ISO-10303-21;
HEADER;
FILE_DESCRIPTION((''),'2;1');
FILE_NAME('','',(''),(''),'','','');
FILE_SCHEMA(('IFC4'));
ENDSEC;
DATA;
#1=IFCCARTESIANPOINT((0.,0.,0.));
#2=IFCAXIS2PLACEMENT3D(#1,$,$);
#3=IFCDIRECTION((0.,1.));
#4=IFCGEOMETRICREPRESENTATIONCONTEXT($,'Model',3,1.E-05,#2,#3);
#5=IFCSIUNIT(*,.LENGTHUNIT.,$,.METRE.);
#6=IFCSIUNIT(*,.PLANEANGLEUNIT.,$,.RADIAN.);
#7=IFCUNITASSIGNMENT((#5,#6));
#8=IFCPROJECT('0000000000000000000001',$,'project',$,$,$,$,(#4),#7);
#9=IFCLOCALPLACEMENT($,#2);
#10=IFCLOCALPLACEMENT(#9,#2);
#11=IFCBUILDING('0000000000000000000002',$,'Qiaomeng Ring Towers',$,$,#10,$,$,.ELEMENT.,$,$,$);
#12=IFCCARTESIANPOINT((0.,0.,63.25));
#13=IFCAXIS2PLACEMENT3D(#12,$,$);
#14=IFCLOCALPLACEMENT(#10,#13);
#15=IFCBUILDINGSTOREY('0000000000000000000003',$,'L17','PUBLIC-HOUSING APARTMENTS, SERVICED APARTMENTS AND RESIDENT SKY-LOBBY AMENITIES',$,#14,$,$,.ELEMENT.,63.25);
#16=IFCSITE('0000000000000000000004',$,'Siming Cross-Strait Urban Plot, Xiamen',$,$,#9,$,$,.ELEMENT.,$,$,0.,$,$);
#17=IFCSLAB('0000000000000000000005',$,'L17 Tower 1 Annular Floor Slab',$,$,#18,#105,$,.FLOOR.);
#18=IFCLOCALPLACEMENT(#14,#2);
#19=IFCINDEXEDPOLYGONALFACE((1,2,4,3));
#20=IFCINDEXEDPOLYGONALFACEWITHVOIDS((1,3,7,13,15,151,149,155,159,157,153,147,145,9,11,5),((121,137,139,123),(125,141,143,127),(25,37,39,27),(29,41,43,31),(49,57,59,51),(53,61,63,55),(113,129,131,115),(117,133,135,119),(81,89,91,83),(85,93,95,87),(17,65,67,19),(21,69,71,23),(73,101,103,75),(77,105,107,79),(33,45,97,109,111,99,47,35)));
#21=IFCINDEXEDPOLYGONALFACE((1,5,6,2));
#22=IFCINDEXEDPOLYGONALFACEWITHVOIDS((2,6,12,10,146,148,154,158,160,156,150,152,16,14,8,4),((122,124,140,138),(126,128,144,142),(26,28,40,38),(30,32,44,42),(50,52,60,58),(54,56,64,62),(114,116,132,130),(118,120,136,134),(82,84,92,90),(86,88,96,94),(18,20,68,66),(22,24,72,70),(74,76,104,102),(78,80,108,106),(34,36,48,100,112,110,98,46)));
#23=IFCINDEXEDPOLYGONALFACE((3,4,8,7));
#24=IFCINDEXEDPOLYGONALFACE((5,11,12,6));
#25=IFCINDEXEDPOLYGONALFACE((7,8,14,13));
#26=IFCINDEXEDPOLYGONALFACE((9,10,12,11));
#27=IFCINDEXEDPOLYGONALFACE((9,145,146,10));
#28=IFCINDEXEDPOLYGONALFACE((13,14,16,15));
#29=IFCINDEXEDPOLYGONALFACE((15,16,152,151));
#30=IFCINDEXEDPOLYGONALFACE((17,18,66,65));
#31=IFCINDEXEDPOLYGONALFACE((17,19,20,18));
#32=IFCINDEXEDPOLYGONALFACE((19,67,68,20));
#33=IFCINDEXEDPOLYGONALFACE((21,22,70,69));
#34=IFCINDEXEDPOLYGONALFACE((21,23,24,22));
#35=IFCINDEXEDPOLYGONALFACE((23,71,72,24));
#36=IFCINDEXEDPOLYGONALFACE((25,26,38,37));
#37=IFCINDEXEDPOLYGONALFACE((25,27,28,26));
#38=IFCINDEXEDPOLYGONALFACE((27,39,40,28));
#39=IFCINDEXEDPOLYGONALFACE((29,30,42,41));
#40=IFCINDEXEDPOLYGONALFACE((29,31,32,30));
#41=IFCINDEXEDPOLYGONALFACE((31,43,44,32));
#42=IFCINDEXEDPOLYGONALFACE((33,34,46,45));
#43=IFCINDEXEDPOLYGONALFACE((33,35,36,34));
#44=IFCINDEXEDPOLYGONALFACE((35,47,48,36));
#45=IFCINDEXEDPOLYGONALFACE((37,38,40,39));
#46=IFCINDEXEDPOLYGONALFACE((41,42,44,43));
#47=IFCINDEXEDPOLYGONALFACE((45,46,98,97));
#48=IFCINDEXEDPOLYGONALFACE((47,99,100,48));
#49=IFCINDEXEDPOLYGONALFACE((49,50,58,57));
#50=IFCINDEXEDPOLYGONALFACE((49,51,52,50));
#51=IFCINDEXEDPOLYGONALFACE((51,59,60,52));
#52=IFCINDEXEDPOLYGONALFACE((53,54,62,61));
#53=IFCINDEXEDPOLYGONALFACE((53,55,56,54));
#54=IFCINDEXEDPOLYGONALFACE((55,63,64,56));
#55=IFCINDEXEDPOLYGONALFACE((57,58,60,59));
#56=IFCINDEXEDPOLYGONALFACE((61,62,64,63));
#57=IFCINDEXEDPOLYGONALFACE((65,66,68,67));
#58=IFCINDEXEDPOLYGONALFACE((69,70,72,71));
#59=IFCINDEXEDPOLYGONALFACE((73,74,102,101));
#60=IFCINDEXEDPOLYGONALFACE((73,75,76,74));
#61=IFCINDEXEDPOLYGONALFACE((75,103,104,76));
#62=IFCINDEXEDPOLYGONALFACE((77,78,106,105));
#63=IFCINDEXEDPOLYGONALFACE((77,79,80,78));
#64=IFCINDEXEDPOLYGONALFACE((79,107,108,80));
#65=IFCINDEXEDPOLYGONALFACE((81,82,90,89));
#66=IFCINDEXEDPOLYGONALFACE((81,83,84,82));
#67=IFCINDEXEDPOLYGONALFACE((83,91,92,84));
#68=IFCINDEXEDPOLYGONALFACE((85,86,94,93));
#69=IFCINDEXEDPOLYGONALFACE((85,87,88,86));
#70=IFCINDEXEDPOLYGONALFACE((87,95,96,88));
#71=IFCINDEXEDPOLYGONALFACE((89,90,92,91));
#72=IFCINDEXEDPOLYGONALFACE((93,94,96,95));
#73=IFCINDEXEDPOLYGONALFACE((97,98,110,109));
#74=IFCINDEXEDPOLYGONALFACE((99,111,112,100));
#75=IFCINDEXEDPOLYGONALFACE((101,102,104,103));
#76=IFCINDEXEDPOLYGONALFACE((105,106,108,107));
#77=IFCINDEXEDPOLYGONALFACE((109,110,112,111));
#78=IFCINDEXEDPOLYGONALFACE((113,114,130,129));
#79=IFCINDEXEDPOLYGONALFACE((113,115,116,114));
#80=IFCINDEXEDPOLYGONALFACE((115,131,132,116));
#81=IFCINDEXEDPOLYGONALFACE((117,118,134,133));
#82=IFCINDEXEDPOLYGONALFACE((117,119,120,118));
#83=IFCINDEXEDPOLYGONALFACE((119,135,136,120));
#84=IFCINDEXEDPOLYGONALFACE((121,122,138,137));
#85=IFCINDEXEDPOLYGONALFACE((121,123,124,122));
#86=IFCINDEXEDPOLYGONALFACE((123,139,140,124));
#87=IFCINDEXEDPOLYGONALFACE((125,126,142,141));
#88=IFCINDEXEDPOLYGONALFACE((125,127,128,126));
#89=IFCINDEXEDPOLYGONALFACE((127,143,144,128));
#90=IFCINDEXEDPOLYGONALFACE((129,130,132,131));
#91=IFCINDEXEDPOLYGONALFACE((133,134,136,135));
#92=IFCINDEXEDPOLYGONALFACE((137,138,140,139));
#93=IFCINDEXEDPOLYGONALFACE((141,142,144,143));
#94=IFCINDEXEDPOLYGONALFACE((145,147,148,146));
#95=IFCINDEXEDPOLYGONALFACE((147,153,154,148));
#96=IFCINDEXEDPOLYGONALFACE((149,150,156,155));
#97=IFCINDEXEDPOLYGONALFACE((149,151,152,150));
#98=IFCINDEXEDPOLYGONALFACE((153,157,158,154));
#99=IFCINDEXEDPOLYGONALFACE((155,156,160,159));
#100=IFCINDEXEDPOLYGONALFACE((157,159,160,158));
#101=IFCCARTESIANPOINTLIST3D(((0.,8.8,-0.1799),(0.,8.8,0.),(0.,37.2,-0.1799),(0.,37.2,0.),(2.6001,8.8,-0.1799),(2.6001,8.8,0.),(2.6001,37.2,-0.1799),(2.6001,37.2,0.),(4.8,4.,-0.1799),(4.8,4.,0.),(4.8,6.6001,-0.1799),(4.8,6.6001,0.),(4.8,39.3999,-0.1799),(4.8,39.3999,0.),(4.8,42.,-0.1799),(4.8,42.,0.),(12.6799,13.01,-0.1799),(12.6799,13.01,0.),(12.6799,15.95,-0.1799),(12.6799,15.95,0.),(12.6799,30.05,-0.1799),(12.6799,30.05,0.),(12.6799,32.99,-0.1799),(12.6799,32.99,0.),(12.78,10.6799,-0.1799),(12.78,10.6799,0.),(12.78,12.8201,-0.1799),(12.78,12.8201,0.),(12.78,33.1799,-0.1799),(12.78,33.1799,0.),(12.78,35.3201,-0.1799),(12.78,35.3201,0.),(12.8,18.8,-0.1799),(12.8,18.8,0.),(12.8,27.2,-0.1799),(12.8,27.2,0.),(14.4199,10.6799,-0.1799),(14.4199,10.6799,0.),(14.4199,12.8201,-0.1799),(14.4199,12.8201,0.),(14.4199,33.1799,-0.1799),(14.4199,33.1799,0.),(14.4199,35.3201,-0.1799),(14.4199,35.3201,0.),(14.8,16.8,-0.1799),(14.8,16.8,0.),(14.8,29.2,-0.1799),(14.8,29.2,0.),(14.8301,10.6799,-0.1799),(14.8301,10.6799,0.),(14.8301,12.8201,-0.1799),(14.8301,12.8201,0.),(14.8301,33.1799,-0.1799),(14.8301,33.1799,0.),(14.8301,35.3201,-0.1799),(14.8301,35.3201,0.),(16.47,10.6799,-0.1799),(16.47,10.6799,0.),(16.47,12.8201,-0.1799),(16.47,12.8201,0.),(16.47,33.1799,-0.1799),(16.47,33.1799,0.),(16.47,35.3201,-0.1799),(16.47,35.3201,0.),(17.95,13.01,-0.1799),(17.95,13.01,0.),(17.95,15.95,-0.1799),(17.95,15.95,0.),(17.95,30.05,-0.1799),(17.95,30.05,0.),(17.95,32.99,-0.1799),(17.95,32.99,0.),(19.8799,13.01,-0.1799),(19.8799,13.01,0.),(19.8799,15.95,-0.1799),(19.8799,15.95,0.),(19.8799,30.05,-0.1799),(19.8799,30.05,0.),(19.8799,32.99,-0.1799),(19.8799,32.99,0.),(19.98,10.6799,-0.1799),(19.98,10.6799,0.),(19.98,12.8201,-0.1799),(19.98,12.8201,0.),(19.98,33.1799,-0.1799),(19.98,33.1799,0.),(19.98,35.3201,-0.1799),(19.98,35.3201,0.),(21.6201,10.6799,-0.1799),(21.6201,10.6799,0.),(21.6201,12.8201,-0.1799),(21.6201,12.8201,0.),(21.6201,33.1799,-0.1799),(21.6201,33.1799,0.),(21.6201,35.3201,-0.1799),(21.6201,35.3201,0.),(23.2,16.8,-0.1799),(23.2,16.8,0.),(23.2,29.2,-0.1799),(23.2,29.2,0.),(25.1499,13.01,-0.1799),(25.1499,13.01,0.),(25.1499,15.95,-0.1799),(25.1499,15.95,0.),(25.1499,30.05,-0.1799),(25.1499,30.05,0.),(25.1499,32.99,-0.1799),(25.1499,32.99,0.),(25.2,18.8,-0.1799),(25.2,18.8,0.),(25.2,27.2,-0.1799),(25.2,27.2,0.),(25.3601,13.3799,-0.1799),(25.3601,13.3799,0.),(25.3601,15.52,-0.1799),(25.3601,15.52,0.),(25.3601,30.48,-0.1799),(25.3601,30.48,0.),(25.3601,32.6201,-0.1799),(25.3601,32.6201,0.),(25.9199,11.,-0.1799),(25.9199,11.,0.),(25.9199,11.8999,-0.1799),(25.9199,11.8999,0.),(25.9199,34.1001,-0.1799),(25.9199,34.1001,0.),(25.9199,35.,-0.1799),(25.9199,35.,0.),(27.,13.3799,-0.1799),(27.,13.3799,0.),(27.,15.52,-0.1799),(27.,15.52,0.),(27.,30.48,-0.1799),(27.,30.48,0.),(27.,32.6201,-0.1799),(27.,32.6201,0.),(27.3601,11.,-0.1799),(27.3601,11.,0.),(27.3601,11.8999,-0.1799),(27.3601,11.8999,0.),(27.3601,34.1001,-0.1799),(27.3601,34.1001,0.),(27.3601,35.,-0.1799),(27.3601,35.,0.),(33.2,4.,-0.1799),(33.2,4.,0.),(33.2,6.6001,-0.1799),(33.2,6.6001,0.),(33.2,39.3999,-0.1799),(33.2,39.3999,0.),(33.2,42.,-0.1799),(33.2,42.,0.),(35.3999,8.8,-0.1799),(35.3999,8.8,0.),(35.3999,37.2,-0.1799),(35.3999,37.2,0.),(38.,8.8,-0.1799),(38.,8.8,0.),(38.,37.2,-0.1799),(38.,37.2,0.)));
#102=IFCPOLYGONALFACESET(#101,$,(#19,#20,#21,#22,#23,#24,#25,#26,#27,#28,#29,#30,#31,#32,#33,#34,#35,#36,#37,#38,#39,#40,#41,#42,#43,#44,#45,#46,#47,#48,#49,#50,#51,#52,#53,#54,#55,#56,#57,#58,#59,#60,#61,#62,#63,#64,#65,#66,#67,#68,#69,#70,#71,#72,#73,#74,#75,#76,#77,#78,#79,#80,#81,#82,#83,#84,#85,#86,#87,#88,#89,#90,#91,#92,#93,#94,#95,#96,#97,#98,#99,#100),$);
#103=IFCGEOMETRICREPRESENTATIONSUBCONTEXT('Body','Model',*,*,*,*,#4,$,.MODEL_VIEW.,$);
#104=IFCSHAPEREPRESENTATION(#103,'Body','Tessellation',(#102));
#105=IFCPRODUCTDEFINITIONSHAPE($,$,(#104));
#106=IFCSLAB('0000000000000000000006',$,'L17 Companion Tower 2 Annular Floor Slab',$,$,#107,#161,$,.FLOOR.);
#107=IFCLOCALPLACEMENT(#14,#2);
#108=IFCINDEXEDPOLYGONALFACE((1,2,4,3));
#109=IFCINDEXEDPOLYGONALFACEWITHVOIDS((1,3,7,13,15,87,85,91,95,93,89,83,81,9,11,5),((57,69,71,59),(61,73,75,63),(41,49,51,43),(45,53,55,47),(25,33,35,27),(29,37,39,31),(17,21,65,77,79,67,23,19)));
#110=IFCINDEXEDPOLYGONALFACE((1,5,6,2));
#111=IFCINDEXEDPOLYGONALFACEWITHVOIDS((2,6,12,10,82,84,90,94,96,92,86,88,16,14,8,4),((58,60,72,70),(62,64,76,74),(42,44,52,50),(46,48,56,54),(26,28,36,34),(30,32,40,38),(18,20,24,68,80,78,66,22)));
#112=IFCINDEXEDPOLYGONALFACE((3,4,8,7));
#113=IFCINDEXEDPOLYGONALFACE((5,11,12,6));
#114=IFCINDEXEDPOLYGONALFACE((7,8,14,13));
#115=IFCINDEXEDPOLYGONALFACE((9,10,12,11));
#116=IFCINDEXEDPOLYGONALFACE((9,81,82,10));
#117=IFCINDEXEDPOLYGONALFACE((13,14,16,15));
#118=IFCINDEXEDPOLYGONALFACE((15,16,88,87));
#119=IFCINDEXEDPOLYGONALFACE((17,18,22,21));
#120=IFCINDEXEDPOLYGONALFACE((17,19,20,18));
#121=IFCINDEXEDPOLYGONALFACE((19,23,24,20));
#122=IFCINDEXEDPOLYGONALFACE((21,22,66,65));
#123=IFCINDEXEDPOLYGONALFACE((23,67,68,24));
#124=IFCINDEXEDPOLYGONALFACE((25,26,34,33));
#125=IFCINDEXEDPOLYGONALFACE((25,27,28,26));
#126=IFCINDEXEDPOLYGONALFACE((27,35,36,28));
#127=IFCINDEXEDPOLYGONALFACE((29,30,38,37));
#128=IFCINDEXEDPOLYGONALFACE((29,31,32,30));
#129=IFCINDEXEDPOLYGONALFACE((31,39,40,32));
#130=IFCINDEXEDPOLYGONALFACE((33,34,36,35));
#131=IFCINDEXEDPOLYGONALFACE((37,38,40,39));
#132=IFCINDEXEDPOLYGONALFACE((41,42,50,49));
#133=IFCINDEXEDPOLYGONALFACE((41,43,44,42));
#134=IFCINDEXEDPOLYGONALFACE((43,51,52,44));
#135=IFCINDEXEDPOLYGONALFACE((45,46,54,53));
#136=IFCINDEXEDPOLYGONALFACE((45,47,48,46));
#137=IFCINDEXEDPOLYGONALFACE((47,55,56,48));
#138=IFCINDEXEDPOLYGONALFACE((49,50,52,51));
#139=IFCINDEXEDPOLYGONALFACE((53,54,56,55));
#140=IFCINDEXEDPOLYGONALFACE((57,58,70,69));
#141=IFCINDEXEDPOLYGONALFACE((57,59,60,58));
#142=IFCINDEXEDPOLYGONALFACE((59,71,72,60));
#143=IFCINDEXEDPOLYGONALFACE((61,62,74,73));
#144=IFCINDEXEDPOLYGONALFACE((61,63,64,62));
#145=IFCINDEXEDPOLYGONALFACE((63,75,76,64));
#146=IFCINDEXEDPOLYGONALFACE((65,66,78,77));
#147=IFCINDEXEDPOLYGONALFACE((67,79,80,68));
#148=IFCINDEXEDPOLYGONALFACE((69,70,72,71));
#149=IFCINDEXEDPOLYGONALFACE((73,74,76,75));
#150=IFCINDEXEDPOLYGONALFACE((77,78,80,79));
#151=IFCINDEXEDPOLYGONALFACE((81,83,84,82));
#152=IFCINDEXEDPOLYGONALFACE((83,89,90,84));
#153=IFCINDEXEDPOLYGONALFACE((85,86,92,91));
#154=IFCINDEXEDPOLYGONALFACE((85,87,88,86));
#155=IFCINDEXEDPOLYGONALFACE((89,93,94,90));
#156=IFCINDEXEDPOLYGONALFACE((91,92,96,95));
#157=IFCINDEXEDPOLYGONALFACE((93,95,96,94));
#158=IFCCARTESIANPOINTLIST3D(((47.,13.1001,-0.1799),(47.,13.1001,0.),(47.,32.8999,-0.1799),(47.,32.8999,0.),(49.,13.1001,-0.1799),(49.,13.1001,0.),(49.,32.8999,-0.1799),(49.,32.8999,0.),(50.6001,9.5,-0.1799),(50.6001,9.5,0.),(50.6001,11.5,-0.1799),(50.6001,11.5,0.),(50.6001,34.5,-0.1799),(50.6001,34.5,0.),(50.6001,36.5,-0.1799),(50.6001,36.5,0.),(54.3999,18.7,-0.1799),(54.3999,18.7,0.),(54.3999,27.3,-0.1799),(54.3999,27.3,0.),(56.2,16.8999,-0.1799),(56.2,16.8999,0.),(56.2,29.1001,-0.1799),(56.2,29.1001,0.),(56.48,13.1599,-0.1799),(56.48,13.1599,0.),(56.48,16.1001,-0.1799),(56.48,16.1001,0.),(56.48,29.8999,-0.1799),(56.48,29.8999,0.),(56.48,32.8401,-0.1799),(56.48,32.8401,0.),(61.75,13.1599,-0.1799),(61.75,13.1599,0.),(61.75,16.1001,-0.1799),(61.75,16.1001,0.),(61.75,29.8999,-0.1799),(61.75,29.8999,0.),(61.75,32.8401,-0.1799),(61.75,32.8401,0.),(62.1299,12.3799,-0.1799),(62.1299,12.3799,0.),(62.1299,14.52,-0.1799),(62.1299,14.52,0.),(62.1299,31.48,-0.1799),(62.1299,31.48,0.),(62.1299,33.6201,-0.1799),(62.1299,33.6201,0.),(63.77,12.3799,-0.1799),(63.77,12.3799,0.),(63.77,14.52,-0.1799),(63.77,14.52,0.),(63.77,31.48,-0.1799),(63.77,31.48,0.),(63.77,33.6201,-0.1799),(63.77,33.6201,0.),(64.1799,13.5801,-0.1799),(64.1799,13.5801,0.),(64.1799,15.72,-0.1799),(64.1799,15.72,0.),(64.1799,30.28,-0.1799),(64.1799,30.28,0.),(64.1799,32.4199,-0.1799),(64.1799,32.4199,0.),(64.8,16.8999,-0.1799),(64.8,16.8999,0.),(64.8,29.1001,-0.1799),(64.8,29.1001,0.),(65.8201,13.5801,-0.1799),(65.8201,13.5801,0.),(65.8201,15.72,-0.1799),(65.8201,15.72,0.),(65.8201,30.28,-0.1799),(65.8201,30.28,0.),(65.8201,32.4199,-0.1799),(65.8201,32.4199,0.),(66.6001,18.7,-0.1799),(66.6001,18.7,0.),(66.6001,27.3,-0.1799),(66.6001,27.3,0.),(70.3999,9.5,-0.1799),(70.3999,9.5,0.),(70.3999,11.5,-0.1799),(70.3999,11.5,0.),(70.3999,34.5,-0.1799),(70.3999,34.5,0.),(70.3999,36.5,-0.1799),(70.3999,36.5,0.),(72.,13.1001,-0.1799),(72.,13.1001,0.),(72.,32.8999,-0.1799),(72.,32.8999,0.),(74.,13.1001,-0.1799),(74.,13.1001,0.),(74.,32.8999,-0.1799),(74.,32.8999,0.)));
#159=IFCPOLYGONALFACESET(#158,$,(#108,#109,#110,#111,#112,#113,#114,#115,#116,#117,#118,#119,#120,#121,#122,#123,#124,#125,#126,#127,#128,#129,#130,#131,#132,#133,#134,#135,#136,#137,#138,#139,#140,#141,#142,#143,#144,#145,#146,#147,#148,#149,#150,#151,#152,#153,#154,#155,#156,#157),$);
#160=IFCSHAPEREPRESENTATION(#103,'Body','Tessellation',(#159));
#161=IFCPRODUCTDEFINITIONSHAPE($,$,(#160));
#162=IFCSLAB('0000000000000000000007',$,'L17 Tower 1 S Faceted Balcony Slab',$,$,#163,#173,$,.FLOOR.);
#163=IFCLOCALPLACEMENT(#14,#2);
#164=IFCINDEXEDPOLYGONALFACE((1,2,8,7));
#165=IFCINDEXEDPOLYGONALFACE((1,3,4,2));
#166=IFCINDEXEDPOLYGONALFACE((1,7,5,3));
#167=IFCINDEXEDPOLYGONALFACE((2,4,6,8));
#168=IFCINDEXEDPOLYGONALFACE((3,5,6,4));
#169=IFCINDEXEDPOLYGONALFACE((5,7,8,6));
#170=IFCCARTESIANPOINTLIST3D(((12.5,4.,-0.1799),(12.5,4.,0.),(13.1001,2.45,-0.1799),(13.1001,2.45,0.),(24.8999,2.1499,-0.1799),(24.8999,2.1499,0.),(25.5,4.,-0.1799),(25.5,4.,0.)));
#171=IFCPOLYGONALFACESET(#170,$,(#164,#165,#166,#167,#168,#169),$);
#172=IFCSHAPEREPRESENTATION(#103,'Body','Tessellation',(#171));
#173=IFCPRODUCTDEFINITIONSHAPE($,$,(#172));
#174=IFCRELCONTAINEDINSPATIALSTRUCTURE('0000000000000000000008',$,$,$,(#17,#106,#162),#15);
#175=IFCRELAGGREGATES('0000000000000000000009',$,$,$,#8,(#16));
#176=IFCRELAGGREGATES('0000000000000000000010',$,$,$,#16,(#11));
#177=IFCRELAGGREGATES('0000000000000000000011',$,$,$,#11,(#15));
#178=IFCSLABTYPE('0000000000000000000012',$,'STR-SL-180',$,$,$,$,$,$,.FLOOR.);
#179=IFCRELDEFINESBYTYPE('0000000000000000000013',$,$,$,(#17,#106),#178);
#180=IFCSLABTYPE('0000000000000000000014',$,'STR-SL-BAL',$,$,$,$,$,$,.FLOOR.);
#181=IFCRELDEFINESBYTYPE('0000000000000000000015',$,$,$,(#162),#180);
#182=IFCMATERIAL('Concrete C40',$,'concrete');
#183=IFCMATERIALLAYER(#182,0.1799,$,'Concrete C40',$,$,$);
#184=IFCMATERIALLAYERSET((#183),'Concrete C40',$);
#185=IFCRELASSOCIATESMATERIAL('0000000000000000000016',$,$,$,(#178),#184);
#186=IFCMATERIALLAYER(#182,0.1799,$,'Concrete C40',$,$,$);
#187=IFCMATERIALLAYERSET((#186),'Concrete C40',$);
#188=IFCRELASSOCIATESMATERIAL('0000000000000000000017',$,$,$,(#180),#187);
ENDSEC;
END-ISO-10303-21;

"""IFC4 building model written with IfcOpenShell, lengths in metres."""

from ifc_helpers import new_model, si_unit, direction, frame, origin, place, context, subcontext, project, spatial, polyline, outline, extrude, material, layer, layer_set, type_object, element, save


model = new_model("IFC4")

# Units and contexts
model_context = context("Model", 3, precision=1e-05, world=origin(), true_north=direction((0.0, 1.0)))
body_context = subcontext(model_context, "Body", "Model", "MODEL_VIEW")
ifc_project = project(units=[si_unit("LENGTHUNIT", "METRE"), si_unit("PLANEANGLEUNIT", "RADIAN")], contexts=[model_context])

# Site, building, storey
site_placement = place(None, origin())
site = spatial("IfcSite", under=ifc_project, at=site_placement, Name="Siming Cross-Strait Urban Plot, Xiamen", CompositionType="ELEMENT", RefElevation=0.0)
building_placement = place(site_placement, origin())
building = spatial("IfcBuilding", under=site, at=building_placement, Name="Qiaomeng Ring Towers", CompositionType="ELEMENT")
storey_placement = place(building_placement, frame((0.0, 0.0, 63.25)))
storey = spatial("IfcBuildingStorey", under=building, at=storey_placement, Name="L17", Description="PUBLIC-HOUSING APARTMENTS, SERVICED APARTMENTS AND RESIDENT SKY-LOBBY AMENITIES", CompositionType="ELEMENT", Elevation=63.25)

# Slabs
ifc_material_1 = material(Name="Concrete C40", Category="concrete")
ifc_layer_1 = layer(ifc_material_1, 0.1799, Name="Concrete C40")
ifc_layer_set_1 = layer_set([ifc_layer_1], Name="Concrete C40")
slab_type_1 = type_object("IfcSlabType", Name="STR-SL-180", PredefinedType="FLOOR", material=ifc_layer_set_1)
slab_1_placement = place(storey_placement, frame((0.0, 0.0, -0.1799)))
element("IfcSlab", 1, at=slab_1_placement, inside=storey, type_object=slab_type_1, Name="L17 Tower 1 Annular Floor Slab", PredefinedType="FLOOR", context=body_context, shape_type="SweptSolid", body=[
    extrude(outline(polyline([(4.8, 4.0), (33.2, 4.0), (33.2, 6.6001), (35.3999, 8.8), (38.0, 8.8), (38.0, 37.2), (35.3999, 37.2), (33.2, 39.3999), (33.2, 42.0), (4.8, 42.0), (4.8, 39.3999), (2.6001, 37.2), (0.0, 37.2), (0.0, 8.8), (2.6001, 8.8), (4.8, 6.6001), (4.8, 4.0)]), holes=[polyline([(12.78, 10.6799), (12.78, 12.8201), (14.4199, 12.8201), (14.4199, 10.6799), (12.78, 10.6799)]), polyline([(14.8301, 12.8201), (16.47, 12.8201), (16.47, 10.6799), (14.8301, 10.6799), (14.8301, 12.8201)]), polyline([(12.6799, 15.95), (17.95, 15.95), (17.95, 13.01), (12.6799, 13.01), (12.6799, 15.95)]), polyline([(25.2, 27.2), (25.2, 18.8), (23.2, 16.8), (14.8, 16.8), (12.8, 18.8), (12.8, 27.2), (14.8, 29.2), (23.2, 29.2), (25.2, 27.2)]), polyline([(12.6799, 32.99), (17.95, 32.99), (17.95, 30.05), (12.6799, 30.05), (12.6799, 32.99)]), polyline([(12.78, 35.3201), (14.4199, 35.3201), (14.4199, 33.1799), (12.78, 33.1799), (12.78, 35.3201)]), polyline([(14.8301, 35.3201), (16.47, 35.3201), (16.47, 33.1799), (14.8301, 33.1799), (14.8301, 35.3201)]), polyline([(19.98, 35.3201), (21.6201, 35.3201), (21.6201, 33.1799), (19.98, 33.1799), (19.98, 35.3201)]), polyline([(25.9199, 11.8999), (27.3601, 11.8999), (27.3601, 11.0), (25.9199, 11.0), (25.9199, 11.8999)]), polyline([(19.98, 12.8201), (21.6201, 12.8201), (21.6201, 10.6799), (19.98, 10.6799), (19.98, 12.8201)]), polyline([(25.3601, 15.52), (27.0, 15.52), (27.0, 13.3799), (25.3601, 13.3799), (25.3601, 15.52)]), polyline([(19.8799, 15.95), (25.1499, 15.95), (25.1499, 13.01), (19.8799, 13.01), (19.8799, 15.95)]), polyline([(19.8799, 32.99), (25.1499, 32.99), (25.1499, 30.05), (19.8799, 30.05), (19.8799, 32.99)]), polyline([(25.3601, 32.6201), (27.0, 32.6201), (27.0, 30.48), (25.3601, 30.48), (25.3601, 32.6201)]), polyline([(25.9199, 35.0), (27.3601, 35.0), (27.3601, 34.1001), (25.9199, 34.1001), (25.9199, 35.0)])]), origin(), (0.0, 0.0, 1.0), 0.1799),
])
slab_2_placement = place(storey_placement, frame((0.0, 0.0, -0.1799)))
element("IfcSlab", 2, at=slab_2_placement, inside=storey, type_object=slab_type_1, Name="L17 Companion Tower 2 Annular Floor Slab", PredefinedType="FLOOR", context=body_context, shape_type="SweptSolid", body=[
    extrude(outline(polyline([(50.6001, 9.5), (70.3999, 9.5), (70.3999, 11.5), (72.0, 13.1001), (74.0, 13.1001), (74.0, 32.8999), (72.0, 32.8999), (70.3999, 34.5), (70.3999, 36.5), (50.6001, 36.5), (50.6001, 34.5), (49.0, 32.8999), (47.0, 32.8999), (47.0, 13.1001), (49.0, 13.1001), (50.6001, 11.5), (50.6001, 9.5)]), holes=[polyline([(62.1299, 12.3799), (62.1299, 14.52), (63.77, 14.52), (63.77, 12.3799), (62.1299, 12.3799)]), polyline([(56.48, 13.1599), (56.48, 16.1001), (61.75, 16.1001), (61.75, 13.1599), (56.48, 13.1599)]), polyline([(64.1799, 13.5801), (64.1799, 15.72), (65.8201, 15.72), (65.8201, 13.5801), (64.1799, 13.5801)]), polyline([(64.8, 29.1001), (66.6001, 27.3), (66.6001, 18.7), (64.8, 16.8999), (56.2, 16.8999), (54.3999, 18.7), (54.3999, 27.3), (56.2, 29.1001), (64.8, 29.1001)]), polyline([(64.1799, 30.28), (64.1799, 32.4199), (65.8201, 32.4199), (65.8201, 30.28), (64.1799, 30.28)]), polyline([(56.48, 32.8401), (61.75, 32.8401), (61.75, 29.8999), (56.48, 29.8999), (56.48, 32.8401)]), polyline([(62.1299, 33.6201), (63.77, 33.6201), (63.77, 31.48), (62.1299, 31.48), (62.1299, 33.6201)])]), origin(), (0.0, 0.0, 1.0), 0.1799),
])
ifc_layer_2 = layer(ifc_material_1, 0.1799, Name="Concrete C40")
ifc_layer_set_2 = layer_set([ifc_layer_2], Name="Concrete C40")
slab_type_2 = type_object("IfcSlabType", Name="STR-SL-BAL", PredefinedType="FLOOR", material=ifc_layer_set_2)
slab_3_placement = place(storey_placement, frame((0.0, 0.0, -0.1799)))
element("IfcSlab", 3, at=slab_3_placement, inside=storey, type_object=slab_type_2, Name="L17 Tower 1 S Faceted Balcony Slab", PredefinedType="FLOOR", context=body_context, shape_type="SweptSolid", body=[
    extrude(outline(polyline([(24.8999, 2.1499), (13.1001, 2.45), (12.5, 4.0), (25.5, 4.0), (24.8999, 2.1499)])), origin(), (0.0, 0.0, 1.0), 0.1799),
])

save(model, "model.ifc")
